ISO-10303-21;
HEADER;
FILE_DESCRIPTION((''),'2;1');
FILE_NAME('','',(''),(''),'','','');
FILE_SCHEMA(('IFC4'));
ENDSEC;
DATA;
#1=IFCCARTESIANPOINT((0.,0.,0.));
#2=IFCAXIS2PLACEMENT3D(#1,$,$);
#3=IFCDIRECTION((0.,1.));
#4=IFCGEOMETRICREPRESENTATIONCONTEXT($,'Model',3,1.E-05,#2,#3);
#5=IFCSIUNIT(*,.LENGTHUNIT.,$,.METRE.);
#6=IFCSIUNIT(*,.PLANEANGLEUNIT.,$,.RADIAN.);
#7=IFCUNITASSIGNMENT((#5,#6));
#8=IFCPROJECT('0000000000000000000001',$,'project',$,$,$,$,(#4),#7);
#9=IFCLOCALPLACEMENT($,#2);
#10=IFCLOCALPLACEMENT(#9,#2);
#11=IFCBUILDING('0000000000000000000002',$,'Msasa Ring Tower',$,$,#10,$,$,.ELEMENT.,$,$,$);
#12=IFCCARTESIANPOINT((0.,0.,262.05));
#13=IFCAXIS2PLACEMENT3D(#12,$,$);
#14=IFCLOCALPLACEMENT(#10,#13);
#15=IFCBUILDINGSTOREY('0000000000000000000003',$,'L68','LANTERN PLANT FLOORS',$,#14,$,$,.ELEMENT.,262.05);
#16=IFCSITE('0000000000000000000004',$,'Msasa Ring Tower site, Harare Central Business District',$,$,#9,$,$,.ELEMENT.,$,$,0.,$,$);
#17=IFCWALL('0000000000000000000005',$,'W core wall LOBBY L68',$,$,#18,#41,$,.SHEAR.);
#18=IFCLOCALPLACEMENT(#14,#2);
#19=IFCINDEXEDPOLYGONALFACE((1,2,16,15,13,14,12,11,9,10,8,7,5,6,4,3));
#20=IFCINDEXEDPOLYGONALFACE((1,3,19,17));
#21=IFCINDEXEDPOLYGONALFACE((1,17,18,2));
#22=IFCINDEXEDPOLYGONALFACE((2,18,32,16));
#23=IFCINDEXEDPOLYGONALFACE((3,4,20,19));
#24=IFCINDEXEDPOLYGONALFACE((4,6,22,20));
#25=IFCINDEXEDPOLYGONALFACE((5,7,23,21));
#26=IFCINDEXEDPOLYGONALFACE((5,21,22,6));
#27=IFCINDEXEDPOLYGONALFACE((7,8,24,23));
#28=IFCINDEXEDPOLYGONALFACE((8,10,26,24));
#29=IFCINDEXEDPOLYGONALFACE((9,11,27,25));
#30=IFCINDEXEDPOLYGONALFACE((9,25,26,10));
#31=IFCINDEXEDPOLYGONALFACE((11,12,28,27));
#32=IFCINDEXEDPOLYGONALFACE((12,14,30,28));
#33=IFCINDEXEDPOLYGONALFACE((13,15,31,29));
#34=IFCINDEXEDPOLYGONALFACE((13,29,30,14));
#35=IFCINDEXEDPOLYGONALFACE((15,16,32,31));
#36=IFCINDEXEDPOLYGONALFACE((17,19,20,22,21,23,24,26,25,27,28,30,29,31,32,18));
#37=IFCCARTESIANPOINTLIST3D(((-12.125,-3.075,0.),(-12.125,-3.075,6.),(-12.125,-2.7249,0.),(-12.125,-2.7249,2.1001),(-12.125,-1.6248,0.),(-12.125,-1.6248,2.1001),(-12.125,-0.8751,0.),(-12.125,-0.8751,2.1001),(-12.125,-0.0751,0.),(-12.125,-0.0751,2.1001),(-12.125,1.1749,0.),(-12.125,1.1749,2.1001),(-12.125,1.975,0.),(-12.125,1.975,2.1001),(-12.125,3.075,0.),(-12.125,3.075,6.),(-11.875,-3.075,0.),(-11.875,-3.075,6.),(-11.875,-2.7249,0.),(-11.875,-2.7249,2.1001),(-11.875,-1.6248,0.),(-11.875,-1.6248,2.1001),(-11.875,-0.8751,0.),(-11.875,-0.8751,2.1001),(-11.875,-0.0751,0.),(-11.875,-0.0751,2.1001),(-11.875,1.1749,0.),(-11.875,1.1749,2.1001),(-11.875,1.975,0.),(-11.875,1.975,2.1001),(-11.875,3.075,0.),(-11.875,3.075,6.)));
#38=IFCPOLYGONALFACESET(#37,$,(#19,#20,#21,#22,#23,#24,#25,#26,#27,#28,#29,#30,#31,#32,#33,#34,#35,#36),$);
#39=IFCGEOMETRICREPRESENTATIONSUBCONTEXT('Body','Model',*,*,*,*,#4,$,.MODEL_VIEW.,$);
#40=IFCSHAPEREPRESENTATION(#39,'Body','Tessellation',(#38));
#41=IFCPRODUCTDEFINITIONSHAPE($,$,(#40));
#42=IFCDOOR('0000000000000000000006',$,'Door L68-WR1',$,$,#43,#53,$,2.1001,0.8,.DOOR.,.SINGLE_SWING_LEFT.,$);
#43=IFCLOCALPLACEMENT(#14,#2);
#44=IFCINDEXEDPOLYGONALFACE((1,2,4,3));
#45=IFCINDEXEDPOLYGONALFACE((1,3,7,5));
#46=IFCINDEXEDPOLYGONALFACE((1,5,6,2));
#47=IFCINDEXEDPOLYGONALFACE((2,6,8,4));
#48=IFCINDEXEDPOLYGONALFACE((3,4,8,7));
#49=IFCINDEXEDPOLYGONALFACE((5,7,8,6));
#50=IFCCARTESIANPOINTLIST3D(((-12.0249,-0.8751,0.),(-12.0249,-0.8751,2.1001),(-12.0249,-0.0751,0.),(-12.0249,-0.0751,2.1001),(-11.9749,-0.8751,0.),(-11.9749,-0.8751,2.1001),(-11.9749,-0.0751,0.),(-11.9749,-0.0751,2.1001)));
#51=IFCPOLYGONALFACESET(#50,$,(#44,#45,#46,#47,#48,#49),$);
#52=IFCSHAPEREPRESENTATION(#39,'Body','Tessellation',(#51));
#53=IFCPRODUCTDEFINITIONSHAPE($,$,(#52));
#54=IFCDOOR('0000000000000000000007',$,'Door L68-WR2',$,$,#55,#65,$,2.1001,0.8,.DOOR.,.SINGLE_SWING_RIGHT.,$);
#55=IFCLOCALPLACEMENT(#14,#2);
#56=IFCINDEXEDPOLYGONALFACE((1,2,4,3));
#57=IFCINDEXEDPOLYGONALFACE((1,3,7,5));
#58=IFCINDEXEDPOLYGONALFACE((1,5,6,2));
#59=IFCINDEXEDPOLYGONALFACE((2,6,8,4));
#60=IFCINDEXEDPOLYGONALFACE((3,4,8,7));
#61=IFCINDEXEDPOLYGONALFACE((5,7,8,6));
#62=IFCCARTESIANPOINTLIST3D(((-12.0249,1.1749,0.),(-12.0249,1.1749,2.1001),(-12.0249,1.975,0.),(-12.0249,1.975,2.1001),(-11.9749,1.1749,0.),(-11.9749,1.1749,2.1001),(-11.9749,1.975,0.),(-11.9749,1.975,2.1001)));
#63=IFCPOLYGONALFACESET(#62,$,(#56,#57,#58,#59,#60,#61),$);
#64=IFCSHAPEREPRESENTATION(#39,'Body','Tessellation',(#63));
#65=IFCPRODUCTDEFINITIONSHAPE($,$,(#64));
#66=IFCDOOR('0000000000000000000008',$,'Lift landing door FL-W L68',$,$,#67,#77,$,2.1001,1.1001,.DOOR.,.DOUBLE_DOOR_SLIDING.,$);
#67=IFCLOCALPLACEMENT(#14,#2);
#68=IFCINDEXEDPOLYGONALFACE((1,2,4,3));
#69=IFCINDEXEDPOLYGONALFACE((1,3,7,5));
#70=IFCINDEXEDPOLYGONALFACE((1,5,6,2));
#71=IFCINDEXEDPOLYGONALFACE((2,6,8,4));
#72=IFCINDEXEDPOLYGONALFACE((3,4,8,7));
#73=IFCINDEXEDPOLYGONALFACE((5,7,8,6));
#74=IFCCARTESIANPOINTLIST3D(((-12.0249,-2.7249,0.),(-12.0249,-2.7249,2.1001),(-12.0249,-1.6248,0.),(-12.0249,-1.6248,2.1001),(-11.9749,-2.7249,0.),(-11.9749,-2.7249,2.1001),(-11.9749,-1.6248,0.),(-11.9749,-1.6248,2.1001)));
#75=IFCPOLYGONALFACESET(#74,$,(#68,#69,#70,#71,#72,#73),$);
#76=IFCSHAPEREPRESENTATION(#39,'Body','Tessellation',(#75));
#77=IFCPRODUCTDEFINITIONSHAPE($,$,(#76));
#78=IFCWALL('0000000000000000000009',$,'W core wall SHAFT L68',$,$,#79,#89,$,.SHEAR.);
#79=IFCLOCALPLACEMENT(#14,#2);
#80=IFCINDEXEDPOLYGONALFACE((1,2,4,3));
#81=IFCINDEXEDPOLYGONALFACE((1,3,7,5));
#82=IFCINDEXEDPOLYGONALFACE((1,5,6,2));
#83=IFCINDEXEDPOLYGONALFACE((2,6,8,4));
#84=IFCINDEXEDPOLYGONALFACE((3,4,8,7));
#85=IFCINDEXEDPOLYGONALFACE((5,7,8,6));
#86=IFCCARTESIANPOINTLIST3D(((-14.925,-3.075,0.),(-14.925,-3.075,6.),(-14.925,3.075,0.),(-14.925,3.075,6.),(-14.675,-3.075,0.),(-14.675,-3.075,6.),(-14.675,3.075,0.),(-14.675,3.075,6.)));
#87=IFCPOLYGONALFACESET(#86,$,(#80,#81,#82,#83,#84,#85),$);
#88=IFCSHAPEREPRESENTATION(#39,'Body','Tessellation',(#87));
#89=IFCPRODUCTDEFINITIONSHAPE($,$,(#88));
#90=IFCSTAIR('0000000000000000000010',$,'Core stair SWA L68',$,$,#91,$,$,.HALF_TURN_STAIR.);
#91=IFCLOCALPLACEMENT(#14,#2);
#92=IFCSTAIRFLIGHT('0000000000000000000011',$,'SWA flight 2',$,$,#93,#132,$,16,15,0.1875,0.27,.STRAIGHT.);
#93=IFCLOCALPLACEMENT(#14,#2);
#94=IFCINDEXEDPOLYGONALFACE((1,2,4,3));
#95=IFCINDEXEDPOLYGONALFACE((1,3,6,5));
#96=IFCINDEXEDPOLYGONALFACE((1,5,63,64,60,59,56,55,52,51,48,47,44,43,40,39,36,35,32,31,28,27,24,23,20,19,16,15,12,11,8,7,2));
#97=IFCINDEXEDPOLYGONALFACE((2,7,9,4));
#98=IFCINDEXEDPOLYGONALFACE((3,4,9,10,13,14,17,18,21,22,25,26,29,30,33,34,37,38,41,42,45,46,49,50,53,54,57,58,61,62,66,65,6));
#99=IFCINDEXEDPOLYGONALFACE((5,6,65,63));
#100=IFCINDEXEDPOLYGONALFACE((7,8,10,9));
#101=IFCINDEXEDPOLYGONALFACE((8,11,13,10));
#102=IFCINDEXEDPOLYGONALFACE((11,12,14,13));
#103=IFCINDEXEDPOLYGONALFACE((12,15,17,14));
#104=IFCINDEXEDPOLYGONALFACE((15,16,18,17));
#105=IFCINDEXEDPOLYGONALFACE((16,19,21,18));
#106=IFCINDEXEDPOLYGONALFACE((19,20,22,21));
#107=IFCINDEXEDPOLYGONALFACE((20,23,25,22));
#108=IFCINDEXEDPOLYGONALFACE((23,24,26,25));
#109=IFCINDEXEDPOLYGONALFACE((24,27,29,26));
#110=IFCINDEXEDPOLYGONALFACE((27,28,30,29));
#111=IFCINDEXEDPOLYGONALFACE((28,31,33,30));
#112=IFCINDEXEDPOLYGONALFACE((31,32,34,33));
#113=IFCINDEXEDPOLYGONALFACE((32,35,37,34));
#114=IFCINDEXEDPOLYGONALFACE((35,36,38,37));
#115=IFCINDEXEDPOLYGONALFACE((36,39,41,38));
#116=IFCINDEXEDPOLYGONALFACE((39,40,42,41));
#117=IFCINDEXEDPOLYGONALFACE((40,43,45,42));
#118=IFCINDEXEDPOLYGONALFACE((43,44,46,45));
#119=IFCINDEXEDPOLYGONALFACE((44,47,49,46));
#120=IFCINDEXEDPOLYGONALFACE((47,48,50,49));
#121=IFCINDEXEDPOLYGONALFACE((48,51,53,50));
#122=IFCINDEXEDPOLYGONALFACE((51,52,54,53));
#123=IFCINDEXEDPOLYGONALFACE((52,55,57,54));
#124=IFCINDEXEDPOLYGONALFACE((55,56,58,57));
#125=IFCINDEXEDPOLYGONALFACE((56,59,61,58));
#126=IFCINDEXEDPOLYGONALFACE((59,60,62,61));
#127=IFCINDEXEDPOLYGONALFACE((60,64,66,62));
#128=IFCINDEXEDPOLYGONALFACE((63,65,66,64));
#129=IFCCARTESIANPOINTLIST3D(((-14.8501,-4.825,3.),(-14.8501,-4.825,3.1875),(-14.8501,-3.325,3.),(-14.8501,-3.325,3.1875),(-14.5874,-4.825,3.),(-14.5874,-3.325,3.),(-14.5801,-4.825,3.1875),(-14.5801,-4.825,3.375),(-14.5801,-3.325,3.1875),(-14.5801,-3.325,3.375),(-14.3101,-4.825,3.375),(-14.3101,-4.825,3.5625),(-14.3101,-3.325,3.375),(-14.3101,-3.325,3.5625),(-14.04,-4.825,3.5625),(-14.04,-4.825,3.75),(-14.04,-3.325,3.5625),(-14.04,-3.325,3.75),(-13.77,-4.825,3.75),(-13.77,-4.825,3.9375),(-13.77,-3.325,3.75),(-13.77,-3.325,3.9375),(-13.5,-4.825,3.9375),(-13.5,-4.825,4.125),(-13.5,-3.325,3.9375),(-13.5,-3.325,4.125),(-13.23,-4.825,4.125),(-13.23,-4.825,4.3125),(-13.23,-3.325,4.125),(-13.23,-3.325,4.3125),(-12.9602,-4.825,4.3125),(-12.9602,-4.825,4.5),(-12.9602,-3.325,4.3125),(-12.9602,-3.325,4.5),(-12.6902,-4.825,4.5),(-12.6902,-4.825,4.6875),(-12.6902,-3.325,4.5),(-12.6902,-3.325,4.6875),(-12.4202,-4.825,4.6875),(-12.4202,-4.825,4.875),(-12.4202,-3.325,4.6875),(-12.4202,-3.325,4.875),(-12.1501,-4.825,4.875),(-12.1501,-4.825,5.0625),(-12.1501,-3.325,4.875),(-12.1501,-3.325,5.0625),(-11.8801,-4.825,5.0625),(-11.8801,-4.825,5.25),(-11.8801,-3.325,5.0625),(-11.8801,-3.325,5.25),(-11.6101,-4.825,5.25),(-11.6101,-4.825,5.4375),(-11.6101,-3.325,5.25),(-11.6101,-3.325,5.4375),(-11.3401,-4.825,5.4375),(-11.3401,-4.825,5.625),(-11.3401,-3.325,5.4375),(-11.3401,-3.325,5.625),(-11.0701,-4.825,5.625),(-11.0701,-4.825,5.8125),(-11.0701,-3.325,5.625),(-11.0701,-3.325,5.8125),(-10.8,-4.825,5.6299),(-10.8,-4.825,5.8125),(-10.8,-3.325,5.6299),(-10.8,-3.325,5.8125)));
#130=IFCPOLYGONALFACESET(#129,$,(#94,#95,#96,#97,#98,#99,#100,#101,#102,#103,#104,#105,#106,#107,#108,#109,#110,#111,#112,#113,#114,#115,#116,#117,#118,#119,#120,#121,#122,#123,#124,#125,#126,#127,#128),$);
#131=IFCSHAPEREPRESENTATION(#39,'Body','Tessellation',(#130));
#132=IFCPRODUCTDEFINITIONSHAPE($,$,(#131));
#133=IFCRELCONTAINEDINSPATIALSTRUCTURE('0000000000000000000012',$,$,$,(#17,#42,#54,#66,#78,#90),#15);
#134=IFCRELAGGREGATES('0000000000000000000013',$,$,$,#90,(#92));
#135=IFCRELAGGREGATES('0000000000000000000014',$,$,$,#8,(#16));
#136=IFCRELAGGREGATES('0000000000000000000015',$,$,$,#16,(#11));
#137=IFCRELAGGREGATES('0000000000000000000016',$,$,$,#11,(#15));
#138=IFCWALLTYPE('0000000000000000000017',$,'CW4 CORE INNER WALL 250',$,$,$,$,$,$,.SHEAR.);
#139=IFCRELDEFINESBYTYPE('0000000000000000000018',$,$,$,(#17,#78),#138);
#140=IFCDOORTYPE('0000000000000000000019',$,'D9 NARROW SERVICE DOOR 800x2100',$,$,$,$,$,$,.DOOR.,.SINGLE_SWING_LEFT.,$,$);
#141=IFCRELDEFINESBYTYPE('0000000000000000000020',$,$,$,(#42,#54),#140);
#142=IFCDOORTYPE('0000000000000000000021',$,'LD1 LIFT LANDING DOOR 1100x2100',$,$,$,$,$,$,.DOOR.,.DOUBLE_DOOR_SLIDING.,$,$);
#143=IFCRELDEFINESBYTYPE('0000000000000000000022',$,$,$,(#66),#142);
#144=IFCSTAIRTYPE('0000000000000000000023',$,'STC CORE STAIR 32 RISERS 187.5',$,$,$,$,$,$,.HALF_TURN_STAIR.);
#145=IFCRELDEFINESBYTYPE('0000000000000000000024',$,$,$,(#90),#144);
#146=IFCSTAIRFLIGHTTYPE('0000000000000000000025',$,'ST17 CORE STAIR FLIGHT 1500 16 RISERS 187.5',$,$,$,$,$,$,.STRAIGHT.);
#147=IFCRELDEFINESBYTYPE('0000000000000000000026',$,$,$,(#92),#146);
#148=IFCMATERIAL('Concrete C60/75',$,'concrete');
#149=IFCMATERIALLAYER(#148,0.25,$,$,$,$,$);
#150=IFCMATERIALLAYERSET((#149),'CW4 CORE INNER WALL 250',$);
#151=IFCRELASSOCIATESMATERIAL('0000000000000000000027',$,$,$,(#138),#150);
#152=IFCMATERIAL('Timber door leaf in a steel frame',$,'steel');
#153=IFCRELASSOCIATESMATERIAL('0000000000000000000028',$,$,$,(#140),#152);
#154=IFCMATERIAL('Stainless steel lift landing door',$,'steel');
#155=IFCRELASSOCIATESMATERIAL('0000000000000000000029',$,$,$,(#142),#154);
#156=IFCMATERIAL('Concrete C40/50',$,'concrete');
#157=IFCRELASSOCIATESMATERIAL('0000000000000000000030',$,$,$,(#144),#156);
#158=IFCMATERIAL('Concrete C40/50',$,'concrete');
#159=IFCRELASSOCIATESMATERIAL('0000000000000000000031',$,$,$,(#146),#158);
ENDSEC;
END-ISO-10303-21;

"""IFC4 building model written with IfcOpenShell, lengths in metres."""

from ifc_helpers import new_model, si_unit, direction, frame, frame_2d, origin, place, context, subcontext, project, spatial, polyline, rectangle, outline, extrude, material, layer, layer_set, type_object, element, fill, aggregate, save


model = new_model("IFC4")

# Units and contexts
model_context = context("Model", 3, precision=1e-05, world=origin(), true_north=direction((0.0, 1.0)))
body_context = subcontext(model_context, "Body", "Model", "MODEL_VIEW")
ifc_project = project(units=[si_unit("LENGTHUNIT", "METRE"), si_unit("PLANEANGLEUNIT", "RADIAN")], contexts=[model_context])

# Site, building, storey
site_placement = place(None, origin())
site = spatial("IfcSite", under=ifc_project, at=site_placement, Name="Msasa Ring Tower site, Harare Central Business District", CompositionType="ELEMENT", RefElevation=0.0)
building_placement = place(site_placement, origin())
building = spatial("IfcBuilding", under=site, at=building_placement, Name="Msasa Ring Tower", CompositionType="ELEMENT")
storey_placement = place(building_placement, frame((0.0, 0.0, 262.05)))
storey = spatial("IfcBuildingStorey", under=building, at=storey_placement, Name="L68", Description="LANTERN PLANT FLOORS", CompositionType="ELEMENT", Elevation=262.05)

# Shared definitions
ifc_material_1 = material(Name="Concrete C60/75", Category="concrete")
ifc_layer_1 = layer(ifc_material_1, 0.25)
ifc_layer_set_1 = layer_set([ifc_layer_1], Name="CW4 CORE INNER WALL 250")
wall_type_1 = type_object("IfcWallType", Name="CW4 CORE INNER WALL 250", PredefinedType="SHEAR", material=ifc_layer_set_1)

# Wall, openings, doors
wall_1_placement = place(storey_placement, frame((-12.0, -3.075, 0.0), z_axis=(0.0, 0.0, 1.0), x_axis=(0.0, 1.0, 0.0)))
wall_1 = element("IfcWall", 1, at=wall_1_placement, inside=storey, type_object=wall_type_1, Name="W core wall LOBBY L68", PredefinedType="SHEAR", context=body_context, shape_type="SweptSolid", body=[
    extrude(rectangle(XDim=6.1499, YDim=0.25, at=frame_2d((3.075, 0.0))), origin(), (0.0, 0.0, 1.0), 6.0),
])
opening_1_placement = place(wall_1_placement, frame((2.2, 0.0, 0.0)))
opening_1 = element("IfcOpeningElement", 2, at=opening_1_placement, cuts=wall_1, PredefinedType="OPENING", context=body_context, shape_type="SweptSolid", body=[
    extrude(rectangle(XDim=0.8, YDim=2.1001, at=frame_2d((0.3999, 1.05))), frame((0.0, 0.135, 0.0), z_axis=(0.0, -1.0, 0.0), x_axis=(1.0, 0.0, 0.0)), (0.0, 0.0, 1.0), 0.27),
])
opening_2_placement = place(wall_1_placement, frame((4.25, 0.0, 0.0)))
opening_2 = element("IfcOpeningElement", 3, at=opening_2_placement, cuts=wall_1, PredefinedType="OPENING", context=body_context, shape_type="SweptSolid", body=[
    extrude(rectangle(XDim=0.8, YDim=2.1001, at=frame_2d((0.3999, 1.05))), frame((0.0, 0.135, 0.0), z_axis=(0.0, -1.0, 0.0), x_axis=(1.0, 0.0, 0.0)), (0.0, 0.0, 1.0), 0.27),
])
opening_3_placement = place(wall_1_placement, frame((0.3501, 0.0, 0.0)))
opening_3 = element("IfcOpeningElement", 4, at=opening_3_placement, cuts=wall_1, PredefinedType="OPENING", context=body_context, shape_type="SweptSolid", body=[
    extrude(rectangle(XDim=1.1001, YDim=2.1001, at=frame_2d((0.55, 1.05))), frame((0.0, 0.135, 0.0), z_axis=(0.0, -1.0, 0.0), x_axis=(1.0, 0.0, 0.0)), (0.0, 0.0, 1.0), 0.27),
])
ifc_material_2 = material(Name="Timber door leaf in a steel frame", Category="steel")
door_type_1 = type_object("IfcDoorType", Name="D9 NARROW SERVICE DOOR 800x2100", OperationType="SINGLE_SWING_LEFT", PredefinedType="DOOR", material=ifc_material_2)
door_1_placement = place(opening_1_placement, origin())
door_1 = element("IfcDoor", 5, at=door_1_placement, inside=storey, type_object=door_type_1, Name="Door L68-WR1", OperationType="SINGLE_SWING_LEFT", OverallHeight=2.1001, OverallWidth=0.8, PredefinedType="DOOR", context=body_context, shape_type="SweptSolid", body=[
    extrude(rectangle(XDim=0.8, YDim=2.1001, at=frame_2d((0.3999, 1.05))), frame((0.0, 0.0249, 0.0), z_axis=(0.0, -1.0, 0.0), x_axis=(1.0, 0.0, 0.0)), (0.0, 0.0, 1.0), 0.05),
])
fill(opening_1, door_1)
door_2_placement = place(opening_2_placement, origin())
door_2 = element("IfcDoor", 6, at=door_2_placement, inside=storey, type_object=door_type_1, Name="Door L68-WR2", OperationType="SINGLE_SWING_RIGHT", OverallHeight=2.1001, OverallWidth=0.8, PredefinedType="DOOR", context=body_context, shape_type="SweptSolid", body=[
    extrude(rectangle(XDim=0.8, YDim=2.1001, at=frame_2d((0.3999, 1.05))), frame((0.0, 0.0249, 0.0), z_axis=(0.0, -1.0, 0.0), x_axis=(1.0, 0.0, 0.0)), (0.0, 0.0, 1.0), 0.05),
])
fill(opening_2, door_2)
ifc_material_3 = material(Name="Stainless steel lift landing door", Category="steel")
door_type_2 = type_object("IfcDoorType", Name="LD1 LIFT LANDING DOOR 1100x2100", OperationType="DOUBLE_DOOR_SLIDING", PredefinedType="DOOR", material=ifc_material_3)
door_3_placement = place(opening_3_placement, origin())
door_3 = element("IfcDoor", 7, at=door_3_placement, inside=storey, type_object=door_type_2, Name="Lift landing door FL-W L68", OperationType="DOUBLE_DOOR_SLIDING", OverallHeight=2.1001, OverallWidth=1.1001, PredefinedType="DOOR", context=body_context, shape_type="SweptSolid", body=[
    extrude(rectangle(XDim=1.1001, YDim=2.1001, at=frame_2d((0.55, 1.05))), frame((0.0, 0.0249, 0.0), z_axis=(0.0, -1.0, 0.0), x_axis=(1.0, 0.0, 0.0)), (0.0, 0.0, 1.0), 0.05),
])
fill(opening_3, door_3)

# Wall
wall_2_placement = place(storey_placement, frame((-14.8, -3.075, 0.0), z_axis=(0.0, 0.0, 1.0), x_axis=(0.0, 1.0, 0.0)))
element("IfcWall", 8, at=wall_2_placement, inside=storey, type_object=wall_type_1, Name="W core wall SHAFT L68", PredefinedType="SHEAR", context=body_context, shape_type="SweptSolid", body=[
    extrude(rectangle(XDim=6.1499, YDim=0.25, at=frame_2d((3.075, 0.0))), origin(), (0.0, 0.0, 1.0), 6.0),
])

# Stair, stair flight
ifc_material_4 = material(Name="Concrete C40/50", Category="concrete")
stair_type = type_object("IfcStairType", Name="STC CORE STAIR 32 RISERS 187.5", PredefinedType="HALF_TURN_STAIR", material=ifc_material_4)
stair_placement = place(storey_placement, origin())
stair = element("IfcStair", 9, at=stair_placement, inside=storey, type_object=stair_type, Name="Core stair SWA L68", PredefinedType="HALF_TURN_STAIR")
ifc_material_5 = material(Name="Concrete C40/50", Category="concrete")
stair_flight_type = type_object("IfcStairFlightType", Name="ST17 CORE STAIR FLIGHT 1500 16 RISERS 187.5", PredefinedType="STRAIGHT", material=ifc_material_5)
stair_flight_placement = place(storey_placement, frame((-14.8501, -4.075, 3.0), z_axis=(0.0, 0.0, 1.0), x_axis=(1.0, 0.0, 0.0)))
stair_flight = element("IfcStairFlight", 10, at=stair_flight_placement, type_object=stair_flight_type, Name="SWA flight 2", NumberOfRisers=16, NumberOfTreads=15, PredefinedType="STRAIGHT", RiserHeight=0.1875, TreadLength=0.27, context=body_context, shape_type="SweptSolid", body=[
    extrude(outline(polyline([(0.0, 0.0), (0.0, 0.1875), (0.27, 0.1875), (0.27, 0.375), (0.54, 0.375), (0.54, 0.5625), (0.8101, 0.5625), (0.8101, 0.75), (1.0801, 0.75), (1.0801, 0.9375), (1.3501, 0.9375), (1.3501, 1.125), (1.6201, 1.125), (1.6201, 1.3125), (1.8899, 1.3125), (1.8899, 1.5), (2.1599, 1.5), (2.1599, 1.6875), (2.4299, 1.6875), (2.4299, 1.875), (2.7, 1.875), (2.7, 2.0625), (2.97, 2.0625), (2.97, 2.25), (3.24, 2.25), (3.24, 2.4375), (3.51, 2.4375), (3.51, 2.625), (3.78, 2.625), (3.78, 2.8125), (4.05, 2.8125), (4.05, 3.0), (4.05, 2.6299), (0.2627, 0.0), (0.0, 0.0)])), frame((0.0, 0.75, 0.0), z_axis=(0.0, -1.0, 0.0), x_axis=(1.0, 0.0, 0.0)), (0.0, 0.0, 1.0), 1.5),
])
aggregate(stair, [stair_flight])

save(model, "model.ifc")
